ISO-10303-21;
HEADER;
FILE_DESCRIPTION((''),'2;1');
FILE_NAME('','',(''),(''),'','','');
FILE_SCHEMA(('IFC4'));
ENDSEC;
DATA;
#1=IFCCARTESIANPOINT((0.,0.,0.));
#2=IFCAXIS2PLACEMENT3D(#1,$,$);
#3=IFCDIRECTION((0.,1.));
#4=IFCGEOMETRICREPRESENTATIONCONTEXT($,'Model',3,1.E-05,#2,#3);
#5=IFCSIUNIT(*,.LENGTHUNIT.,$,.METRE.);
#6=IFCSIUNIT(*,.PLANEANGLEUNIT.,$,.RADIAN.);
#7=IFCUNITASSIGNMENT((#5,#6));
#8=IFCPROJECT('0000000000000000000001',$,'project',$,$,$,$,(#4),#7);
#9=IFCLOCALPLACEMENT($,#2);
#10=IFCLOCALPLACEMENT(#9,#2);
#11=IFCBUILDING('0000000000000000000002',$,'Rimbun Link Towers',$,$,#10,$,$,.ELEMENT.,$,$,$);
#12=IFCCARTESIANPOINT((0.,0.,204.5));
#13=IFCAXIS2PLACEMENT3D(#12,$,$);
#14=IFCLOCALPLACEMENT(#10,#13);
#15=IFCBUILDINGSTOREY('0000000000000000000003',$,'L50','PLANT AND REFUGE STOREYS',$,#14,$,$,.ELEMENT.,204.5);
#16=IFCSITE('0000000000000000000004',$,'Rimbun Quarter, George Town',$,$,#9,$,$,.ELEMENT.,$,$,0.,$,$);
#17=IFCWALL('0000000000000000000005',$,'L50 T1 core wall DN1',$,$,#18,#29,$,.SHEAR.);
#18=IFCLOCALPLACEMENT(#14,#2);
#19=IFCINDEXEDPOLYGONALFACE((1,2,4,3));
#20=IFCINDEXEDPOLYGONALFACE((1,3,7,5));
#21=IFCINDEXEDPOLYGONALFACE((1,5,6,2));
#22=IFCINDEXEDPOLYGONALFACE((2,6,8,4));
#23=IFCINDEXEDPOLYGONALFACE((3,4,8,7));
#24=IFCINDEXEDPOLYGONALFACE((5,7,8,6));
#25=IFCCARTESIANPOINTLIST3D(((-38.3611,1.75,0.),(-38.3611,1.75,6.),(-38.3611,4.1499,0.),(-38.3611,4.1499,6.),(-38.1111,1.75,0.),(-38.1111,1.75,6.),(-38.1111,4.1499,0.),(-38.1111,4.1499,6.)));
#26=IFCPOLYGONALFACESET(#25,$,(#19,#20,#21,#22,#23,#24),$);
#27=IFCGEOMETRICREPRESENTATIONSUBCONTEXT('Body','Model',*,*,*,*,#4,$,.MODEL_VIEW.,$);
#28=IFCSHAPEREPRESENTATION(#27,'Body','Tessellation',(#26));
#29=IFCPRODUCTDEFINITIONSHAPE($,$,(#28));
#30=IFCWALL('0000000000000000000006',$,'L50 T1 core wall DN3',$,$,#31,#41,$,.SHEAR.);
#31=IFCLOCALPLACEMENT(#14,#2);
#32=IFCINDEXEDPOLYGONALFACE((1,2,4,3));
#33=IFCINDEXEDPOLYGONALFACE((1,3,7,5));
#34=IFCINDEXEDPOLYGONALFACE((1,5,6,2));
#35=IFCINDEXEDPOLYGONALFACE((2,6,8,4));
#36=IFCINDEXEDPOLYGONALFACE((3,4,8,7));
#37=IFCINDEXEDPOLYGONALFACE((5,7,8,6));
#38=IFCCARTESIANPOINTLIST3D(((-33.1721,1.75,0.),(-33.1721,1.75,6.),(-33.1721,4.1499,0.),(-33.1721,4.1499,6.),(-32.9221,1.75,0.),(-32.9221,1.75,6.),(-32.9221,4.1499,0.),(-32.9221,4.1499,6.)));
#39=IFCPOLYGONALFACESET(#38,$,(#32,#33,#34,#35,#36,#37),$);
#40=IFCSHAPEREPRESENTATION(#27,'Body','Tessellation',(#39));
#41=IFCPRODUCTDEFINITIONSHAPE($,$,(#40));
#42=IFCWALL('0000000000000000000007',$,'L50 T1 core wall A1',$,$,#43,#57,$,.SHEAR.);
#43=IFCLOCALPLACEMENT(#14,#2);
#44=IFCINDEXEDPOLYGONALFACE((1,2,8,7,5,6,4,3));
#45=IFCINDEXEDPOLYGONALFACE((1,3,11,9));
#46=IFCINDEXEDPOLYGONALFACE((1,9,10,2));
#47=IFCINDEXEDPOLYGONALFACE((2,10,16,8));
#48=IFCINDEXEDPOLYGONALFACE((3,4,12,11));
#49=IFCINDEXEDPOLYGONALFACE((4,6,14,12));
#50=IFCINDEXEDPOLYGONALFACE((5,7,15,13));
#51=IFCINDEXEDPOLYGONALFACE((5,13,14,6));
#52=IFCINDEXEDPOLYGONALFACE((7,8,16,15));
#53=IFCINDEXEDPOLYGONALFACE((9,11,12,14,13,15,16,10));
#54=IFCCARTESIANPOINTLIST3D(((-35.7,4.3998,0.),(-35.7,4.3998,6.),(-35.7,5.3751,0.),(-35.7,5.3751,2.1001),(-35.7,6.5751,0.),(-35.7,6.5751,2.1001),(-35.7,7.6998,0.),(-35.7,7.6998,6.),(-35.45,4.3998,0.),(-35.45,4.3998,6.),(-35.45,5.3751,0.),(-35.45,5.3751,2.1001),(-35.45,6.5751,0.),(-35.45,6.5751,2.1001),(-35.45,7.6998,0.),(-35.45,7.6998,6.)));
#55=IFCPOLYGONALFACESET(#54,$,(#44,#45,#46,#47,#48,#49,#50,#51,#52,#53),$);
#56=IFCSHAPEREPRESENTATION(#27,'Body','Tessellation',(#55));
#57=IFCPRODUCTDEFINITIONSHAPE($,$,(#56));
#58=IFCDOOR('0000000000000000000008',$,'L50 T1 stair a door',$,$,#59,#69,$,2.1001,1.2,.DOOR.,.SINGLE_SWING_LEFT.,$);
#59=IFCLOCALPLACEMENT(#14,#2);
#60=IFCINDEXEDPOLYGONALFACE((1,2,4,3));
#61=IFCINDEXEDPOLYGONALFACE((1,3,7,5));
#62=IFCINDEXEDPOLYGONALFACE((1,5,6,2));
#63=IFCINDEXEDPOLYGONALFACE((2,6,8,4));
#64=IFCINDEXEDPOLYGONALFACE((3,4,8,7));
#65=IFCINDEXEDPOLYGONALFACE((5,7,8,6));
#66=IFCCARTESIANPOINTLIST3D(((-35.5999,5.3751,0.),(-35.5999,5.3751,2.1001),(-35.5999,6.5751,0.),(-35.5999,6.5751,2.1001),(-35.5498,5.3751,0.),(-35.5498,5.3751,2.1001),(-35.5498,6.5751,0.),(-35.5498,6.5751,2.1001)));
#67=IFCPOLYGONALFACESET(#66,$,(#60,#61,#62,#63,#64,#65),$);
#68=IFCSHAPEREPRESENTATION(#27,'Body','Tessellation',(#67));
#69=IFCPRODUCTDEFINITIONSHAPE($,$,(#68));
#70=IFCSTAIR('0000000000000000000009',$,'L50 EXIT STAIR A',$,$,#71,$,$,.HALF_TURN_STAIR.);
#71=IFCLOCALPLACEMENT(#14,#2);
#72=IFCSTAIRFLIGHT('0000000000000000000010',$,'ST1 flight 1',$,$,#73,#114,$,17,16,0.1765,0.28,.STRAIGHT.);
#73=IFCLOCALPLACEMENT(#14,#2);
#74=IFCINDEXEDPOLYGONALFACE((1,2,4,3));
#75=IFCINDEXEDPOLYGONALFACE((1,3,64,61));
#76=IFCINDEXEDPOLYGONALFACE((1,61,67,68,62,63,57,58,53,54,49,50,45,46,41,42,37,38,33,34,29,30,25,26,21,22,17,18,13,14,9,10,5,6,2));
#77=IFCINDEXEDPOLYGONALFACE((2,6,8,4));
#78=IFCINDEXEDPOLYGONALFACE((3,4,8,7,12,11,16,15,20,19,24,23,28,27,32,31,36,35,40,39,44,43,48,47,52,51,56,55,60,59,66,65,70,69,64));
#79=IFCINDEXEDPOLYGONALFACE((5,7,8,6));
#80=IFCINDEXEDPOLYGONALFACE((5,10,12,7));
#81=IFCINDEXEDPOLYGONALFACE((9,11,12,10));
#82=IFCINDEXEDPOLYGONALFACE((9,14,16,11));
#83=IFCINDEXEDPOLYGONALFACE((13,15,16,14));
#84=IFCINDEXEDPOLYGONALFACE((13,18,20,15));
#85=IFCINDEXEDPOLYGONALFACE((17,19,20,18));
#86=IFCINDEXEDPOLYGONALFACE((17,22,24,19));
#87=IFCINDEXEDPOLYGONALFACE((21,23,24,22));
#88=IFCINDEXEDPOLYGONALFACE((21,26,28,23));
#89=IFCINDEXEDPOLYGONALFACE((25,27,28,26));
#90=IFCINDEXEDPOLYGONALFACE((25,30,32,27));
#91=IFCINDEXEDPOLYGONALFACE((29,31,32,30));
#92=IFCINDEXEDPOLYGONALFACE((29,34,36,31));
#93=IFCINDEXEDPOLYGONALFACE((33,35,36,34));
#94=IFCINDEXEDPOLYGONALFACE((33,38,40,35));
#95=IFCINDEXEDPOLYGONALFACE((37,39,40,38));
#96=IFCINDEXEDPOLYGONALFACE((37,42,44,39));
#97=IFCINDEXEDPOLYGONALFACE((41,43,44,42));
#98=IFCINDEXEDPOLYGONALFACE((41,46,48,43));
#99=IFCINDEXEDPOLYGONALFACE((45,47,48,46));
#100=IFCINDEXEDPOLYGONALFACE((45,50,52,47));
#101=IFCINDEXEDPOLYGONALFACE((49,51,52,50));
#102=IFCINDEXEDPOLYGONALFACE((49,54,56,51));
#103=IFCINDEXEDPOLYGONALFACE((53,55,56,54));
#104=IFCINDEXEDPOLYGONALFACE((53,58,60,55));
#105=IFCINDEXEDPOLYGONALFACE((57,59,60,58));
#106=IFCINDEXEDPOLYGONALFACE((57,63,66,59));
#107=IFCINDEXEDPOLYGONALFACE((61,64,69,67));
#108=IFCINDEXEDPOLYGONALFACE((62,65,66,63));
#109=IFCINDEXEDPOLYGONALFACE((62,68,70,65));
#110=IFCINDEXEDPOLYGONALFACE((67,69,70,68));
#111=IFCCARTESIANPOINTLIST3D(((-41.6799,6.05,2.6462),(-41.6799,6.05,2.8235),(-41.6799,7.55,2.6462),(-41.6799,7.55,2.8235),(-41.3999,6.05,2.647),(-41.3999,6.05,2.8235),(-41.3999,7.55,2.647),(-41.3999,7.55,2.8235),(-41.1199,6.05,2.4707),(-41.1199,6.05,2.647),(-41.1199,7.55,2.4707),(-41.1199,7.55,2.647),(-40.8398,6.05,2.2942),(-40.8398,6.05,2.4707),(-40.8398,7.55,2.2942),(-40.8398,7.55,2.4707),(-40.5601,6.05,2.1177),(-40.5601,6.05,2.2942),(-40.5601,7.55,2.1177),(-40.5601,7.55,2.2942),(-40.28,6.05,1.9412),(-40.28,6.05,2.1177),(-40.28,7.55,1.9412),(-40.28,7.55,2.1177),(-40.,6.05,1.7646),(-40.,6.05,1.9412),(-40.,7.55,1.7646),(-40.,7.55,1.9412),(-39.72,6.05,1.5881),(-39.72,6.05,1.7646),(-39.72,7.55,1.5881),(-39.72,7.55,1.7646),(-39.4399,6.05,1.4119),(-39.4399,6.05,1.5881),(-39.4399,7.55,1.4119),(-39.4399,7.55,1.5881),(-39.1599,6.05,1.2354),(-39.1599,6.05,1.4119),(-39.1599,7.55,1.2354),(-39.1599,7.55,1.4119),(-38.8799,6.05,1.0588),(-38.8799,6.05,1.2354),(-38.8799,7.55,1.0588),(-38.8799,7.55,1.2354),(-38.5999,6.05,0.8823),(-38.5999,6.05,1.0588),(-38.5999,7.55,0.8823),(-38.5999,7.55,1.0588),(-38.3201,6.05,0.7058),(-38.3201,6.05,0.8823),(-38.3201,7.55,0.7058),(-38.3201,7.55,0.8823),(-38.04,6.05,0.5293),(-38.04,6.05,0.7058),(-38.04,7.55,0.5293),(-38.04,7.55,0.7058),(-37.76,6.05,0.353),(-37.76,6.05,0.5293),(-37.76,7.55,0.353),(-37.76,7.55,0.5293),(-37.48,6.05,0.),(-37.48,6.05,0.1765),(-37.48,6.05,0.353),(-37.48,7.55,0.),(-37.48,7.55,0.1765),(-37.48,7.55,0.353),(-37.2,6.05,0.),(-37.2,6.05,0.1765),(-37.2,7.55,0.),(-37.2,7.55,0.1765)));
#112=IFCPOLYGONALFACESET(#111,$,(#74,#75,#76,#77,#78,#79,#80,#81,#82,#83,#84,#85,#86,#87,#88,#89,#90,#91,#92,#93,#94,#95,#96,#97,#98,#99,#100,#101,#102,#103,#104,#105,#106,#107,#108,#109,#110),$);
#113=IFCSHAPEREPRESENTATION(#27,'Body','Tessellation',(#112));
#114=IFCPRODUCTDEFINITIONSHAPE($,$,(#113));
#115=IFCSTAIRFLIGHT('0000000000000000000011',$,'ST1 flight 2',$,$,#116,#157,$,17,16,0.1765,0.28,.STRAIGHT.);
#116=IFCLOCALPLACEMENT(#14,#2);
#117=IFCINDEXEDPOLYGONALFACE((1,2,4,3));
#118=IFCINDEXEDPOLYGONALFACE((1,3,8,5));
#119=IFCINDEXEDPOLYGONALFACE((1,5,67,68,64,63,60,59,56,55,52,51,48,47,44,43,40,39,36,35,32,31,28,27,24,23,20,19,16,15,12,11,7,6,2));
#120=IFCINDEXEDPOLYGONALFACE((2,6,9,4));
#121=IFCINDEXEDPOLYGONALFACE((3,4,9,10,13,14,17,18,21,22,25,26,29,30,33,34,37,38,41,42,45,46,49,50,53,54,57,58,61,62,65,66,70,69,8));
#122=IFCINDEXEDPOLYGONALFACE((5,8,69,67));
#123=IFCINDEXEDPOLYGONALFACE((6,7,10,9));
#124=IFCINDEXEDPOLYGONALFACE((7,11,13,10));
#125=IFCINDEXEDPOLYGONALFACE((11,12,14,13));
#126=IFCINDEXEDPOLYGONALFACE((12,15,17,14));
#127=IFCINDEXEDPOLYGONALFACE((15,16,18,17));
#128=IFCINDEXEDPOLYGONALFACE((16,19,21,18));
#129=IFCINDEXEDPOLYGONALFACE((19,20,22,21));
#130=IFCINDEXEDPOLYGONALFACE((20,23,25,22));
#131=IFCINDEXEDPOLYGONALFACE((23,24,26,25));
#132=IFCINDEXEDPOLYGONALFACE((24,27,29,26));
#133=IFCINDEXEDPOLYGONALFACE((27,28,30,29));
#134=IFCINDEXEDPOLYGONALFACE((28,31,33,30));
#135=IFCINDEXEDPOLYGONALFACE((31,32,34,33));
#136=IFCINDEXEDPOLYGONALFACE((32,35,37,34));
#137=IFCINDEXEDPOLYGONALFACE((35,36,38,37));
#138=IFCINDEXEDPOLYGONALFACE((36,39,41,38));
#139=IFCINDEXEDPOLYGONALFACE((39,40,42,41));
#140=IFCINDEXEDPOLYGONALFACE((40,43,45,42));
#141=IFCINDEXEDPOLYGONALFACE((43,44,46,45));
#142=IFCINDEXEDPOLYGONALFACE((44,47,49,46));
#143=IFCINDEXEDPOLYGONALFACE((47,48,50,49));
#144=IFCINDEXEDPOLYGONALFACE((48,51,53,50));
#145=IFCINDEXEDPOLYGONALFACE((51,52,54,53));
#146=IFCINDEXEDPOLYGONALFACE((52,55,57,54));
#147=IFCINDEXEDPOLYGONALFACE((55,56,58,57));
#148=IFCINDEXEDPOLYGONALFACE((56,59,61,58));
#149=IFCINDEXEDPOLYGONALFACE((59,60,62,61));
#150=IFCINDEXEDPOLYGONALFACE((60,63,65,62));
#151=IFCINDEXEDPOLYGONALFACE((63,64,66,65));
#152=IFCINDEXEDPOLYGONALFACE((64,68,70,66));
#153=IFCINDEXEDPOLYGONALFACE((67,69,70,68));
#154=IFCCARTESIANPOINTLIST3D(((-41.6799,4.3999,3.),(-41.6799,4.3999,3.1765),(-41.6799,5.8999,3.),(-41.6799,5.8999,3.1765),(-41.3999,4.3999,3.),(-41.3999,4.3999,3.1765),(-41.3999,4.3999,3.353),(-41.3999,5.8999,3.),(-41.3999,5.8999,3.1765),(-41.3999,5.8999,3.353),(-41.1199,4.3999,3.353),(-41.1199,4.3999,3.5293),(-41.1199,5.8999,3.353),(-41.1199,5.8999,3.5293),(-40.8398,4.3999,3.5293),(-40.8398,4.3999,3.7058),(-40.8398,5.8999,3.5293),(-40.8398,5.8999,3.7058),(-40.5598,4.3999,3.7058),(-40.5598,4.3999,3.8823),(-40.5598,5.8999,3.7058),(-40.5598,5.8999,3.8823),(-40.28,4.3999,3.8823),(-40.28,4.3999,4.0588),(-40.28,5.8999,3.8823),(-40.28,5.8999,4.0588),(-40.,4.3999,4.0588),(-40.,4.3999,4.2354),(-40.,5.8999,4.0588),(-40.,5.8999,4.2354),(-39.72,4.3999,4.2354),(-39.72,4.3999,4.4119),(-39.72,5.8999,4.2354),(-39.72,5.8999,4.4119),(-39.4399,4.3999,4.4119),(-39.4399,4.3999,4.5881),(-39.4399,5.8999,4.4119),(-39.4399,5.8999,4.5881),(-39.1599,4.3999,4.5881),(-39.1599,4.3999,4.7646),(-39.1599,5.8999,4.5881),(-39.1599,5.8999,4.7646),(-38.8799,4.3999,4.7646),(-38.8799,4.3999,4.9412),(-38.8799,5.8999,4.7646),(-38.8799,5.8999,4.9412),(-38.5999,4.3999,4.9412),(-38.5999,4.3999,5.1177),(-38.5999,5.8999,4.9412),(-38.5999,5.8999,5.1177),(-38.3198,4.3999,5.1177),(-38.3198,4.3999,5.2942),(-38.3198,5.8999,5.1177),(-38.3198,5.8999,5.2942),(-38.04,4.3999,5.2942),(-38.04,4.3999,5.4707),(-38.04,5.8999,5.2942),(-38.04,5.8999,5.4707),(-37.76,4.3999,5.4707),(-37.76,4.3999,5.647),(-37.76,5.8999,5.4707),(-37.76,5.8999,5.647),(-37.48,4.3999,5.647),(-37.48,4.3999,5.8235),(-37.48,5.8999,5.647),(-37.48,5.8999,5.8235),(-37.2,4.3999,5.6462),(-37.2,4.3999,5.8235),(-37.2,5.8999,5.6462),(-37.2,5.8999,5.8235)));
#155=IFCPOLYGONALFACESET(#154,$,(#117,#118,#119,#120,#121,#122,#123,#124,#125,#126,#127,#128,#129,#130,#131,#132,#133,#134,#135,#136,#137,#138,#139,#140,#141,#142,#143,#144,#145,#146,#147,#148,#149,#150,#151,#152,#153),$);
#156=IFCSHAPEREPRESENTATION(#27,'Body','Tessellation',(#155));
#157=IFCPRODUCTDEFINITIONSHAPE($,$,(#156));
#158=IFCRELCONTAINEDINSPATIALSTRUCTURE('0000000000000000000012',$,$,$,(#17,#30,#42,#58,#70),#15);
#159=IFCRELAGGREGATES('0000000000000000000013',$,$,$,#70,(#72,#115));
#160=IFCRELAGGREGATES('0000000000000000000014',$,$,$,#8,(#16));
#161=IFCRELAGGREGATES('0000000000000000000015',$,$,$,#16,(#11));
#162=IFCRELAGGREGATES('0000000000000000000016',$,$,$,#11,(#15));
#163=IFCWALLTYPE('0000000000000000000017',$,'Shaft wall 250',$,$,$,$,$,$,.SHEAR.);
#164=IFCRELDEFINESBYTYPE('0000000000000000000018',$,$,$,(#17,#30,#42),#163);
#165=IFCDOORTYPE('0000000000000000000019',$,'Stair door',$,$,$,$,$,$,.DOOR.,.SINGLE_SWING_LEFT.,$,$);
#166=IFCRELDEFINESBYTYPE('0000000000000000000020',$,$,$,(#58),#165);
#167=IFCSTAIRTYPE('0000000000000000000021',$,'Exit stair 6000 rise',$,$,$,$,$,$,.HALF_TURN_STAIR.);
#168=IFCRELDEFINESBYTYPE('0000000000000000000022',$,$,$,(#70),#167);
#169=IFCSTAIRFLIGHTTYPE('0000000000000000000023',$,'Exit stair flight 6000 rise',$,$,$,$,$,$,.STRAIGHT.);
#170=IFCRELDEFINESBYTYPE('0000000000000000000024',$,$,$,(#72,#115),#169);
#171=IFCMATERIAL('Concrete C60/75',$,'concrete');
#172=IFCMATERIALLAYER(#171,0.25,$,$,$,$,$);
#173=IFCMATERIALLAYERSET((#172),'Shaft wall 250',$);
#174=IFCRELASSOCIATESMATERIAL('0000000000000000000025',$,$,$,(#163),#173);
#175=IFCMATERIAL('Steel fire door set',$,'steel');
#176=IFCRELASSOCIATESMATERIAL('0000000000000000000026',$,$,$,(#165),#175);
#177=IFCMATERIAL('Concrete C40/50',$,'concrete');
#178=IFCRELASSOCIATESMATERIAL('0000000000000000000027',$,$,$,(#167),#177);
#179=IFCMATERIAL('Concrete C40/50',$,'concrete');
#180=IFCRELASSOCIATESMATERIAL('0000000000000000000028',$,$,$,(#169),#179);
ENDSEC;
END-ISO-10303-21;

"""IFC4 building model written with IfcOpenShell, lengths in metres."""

from ifc_helpers import new_model, si_unit, direction, frame, frame_2d, origin, place, context, subcontext, project, spatial, polyline, rectangle, outline, extrude, material, layer, layer_set, type_object, element, fill, aggregate, save


model = new_model("IFC4")

# Units and contexts
model_context = context("Model", 3, precision=1e-05, world=origin(), true_north=direction((0.0, 1.0)))
body_context = subcontext(model_context, "Body", "Model", "MODEL_VIEW")
ifc_project = project(units=[si_unit("LENGTHUNIT", "METRE"), si_unit("PLANEANGLEUNIT", "RADIAN")], contexts=[model_context])

# Site, building, storey
site_placement = place(None, origin())
site = spatial("IfcSite", under=ifc_project, at=site_placement, Name="Rimbun Quarter, George Town", CompositionType="ELEMENT", RefElevation=0.0)
building_placement = place(site_placement, origin())
building = spatial("IfcBuilding", under=site, at=building_placement, Name="Rimbun Link Towers", CompositionType="ELEMENT")
storey_placement = place(building_placement, frame((0.0, 0.0, 204.5)))
storey = spatial("IfcBuildingStorey", under=building, at=storey_placement, Name="L50", Description="PLANT AND REFUGE STOREYS", CompositionType="ELEMENT", Elevation=204.5)

# Walls
ifc_material_1 = material(Name="Concrete C60/75", Category="concrete")
ifc_layer_1 = layer(ifc_material_1, 0.25)
ifc_layer_set_1 = layer_set([ifc_layer_1], Name="Shaft wall 250")
wall_type_1 = type_object("IfcWallType", Name="Shaft wall 250", PredefinedType="SHEAR", material=ifc_layer_set_1)
for number, where, z_axis, x_axis, name in (
    (1, (-38.2361, 1.75, 0.0), (0.0, 0.0, 1.0), (0.0, 1.0, 0.0), "L50 T1 core wall DN1"),
    (2, (-33.0471, 1.75, 0.0), (0.0, 0.0, 1.0), (0.0, 1.0, 0.0), "L50 T1 core wall DN3"),
):
    element("IfcWall", number, at=place(storey_placement, frame(where, z_axis=z_axis, x_axis=x_axis)), inside=storey, type_object=wall_type_1, Name=name, PredefinedType="SHEAR", context=body_context, shape_type="SweptSolid", body=[
        extrude(rectangle(XDim=2.3999, YDim=0.25, at=frame_2d((1.2, 0.0))), origin(), (0.0, 0.0, 1.0), 6.0),
    ])

# Wall, opening, door
wall_1_placement = place(storey_placement, frame((-35.575, 4.3999, 0.0), z_axis=(0.0, 0.0, 1.0), x_axis=(0.0, 1.0, 0.0)))
wall_1 = element("IfcWall", 3, at=wall_1_placement, inside=storey, type_object=wall_type_1, Name="L50 T1 core wall A1", PredefinedType="SHEAR", context=body_context, shape_type="SweptSolid", body=[
    extrude(rectangle(XDim=3.3, YDim=0.25, at=frame_2d((1.6499, 0.0))), origin(), (0.0, 0.0, 1.0), 6.0),
])
opening_1_placement = place(wall_1_placement, frame((0.9751, 0.0, 0.0)))
opening_1 = element("IfcOpeningElement", 4, at=opening_1_placement, cuts=wall_1, PredefinedType="OPENING", context=body_context, shape_type="SweptSolid", body=[
    extrude(rectangle(XDim=1.2, YDim=2.1001, at=frame_2d((0.6001, 1.05))), frame((0.0, 0.135, 0.0), z_axis=(0.0, -1.0, 0.0), x_axis=(1.0, 0.0, 0.0)), (0.0, 0.0, 1.0), 0.27),
])
ifc_material_2 = material(Name="Steel fire door set", Category="steel")
door_type_1 = type_object("IfcDoorType", Name="Stair door", OperationType="SINGLE_SWING_LEFT", PredefinedType="DOOR", material=ifc_material_2)
door_1_placement = place(opening_1_placement, origin())
door_1 = element("IfcDoor", 5, at=door_1_placement, inside=storey, type_object=door_type_1, Name="L50 T1 stair a door", OperationType="SINGLE_SWING_LEFT", OverallHeight=2.1001, OverallWidth=1.2, PredefinedType="DOOR", context=body_context, shape_type="SweptSolid", body=[
    extrude(rectangle(XDim=1.2, YDim=2.1001, at=frame_2d((0.6001, 1.05))), frame((0.0, 0.0249, 0.0), z_axis=(0.0, -1.0, 0.0), x_axis=(1.0, 0.0, 0.0)), (0.0, 0.0, 1.0), 0.05),
])
fill(opening_1, door_1)

# Stair, stair flights
ifc_material_3 = material(Name="Concrete C40/50", Category="concrete")
stair_type = type_object("IfcStairType", Name="Exit stair 6000 rise", PredefinedType="HALF_TURN_STAIR", material=ifc_material_3)
stair_placement = place(storey_placement, origin())
stair = element("IfcStair", 6, at=stair_placement, inside=storey, type_object=stair_type, Name="L50 EXIT STAIR A", PredefinedType="HALF_TURN_STAIR")
ifc_material_4 = material(Name="Concrete C40/50", Category="concrete")
stair_flight_type = type_object("IfcStairFlightType", Name="Exit stair flight 6000 rise", PredefinedType="STRAIGHT", material=ifc_material_4)
stair_flight_1_placement = place(storey_placement, frame((-37.2, 6.8, 0.0), z_axis=(0.0, 0.0, 1.0), x_axis=(-1.0, 0.0, 0.0)))
stair_flight_1 = element("IfcStairFlight", 7, at=stair_flight_1_placement, type_object=stair_flight_type, Name="ST1 flight 1", NumberOfRisers=17, NumberOfTreads=16, PredefinedType="STRAIGHT", RiserHeight=0.1765, TreadLength=0.28, context=body_context, shape_type="SweptSolid", body=[
    extrude(outline(polyline([(0.0, 0.0), (0.0, 0.1765), (0.28, 0.1765), (0.28, 0.353), (0.5601, 0.353), (0.5601, 0.5293), (0.8401, 0.5293), (0.8401, 0.7058), (1.1201, 0.7058), (1.1201, 0.8823), (1.3999, 0.8823), (1.3999, 1.0588), (1.6799, 1.0588), (1.6799, 1.2354), (1.96, 1.2354), (1.96, 1.4119), (2.24, 1.4119), (2.24, 1.5881), (2.52, 1.5881), (2.52, 1.7646), (2.8, 1.7646), (2.8, 1.9412), (3.0801, 1.9412), (3.0801, 2.1177), (3.3601, 2.1177), (3.3601, 2.2942), (3.6399, 2.2942), (3.6399, 2.4707), (3.9199, 2.4707), (3.9199, 2.647), (4.2, 2.647), (4.2, 2.8235), (4.48, 2.8235), (4.48, 3.0), (4.48, 2.6462), (0.28, 0.0), (0.0, 0.0)])), frame((0.0, 0.75, 0.0), z_axis=(0.0, -1.0, 0.0), x_axis=(1.0, 0.0, 0.0)), (0.0, 0.0, 1.0), 1.5),
])
stair_flight_2_placement = place(storey_placement, frame((-41.6799, 5.1499, 3.0), z_axis=(0.0, 0.0, 1.0), x_axis=(1.0, 0.0, 0.0)))
stair_flight_2 = element("IfcStairFlight", 8, at=stair_flight_2_placement, type_object=stair_flight_type, Name="ST1 flight 2", NumberOfRisers=17, NumberOfTreads=16, PredefinedType="STRAIGHT", RiserHeight=0.1765, TreadLength=0.28, context=body_context, shape_type="SweptSolid", body=[
    extrude(outline(polyline([(0.0, 0.0), (0.0, 0.1765), (0.28, 0.1765), (0.28, 0.353), (0.5601, 0.353), (0.5601, 0.5293), (0.8401, 0.5293), (0.8401, 0.7058), (1.1201, 0.7058), (1.1201, 0.8823), (1.3999, 0.8823), (1.3999, 1.0588), (1.6799, 1.0588), (1.6799, 1.2354), (1.96, 1.2354), (1.96, 1.4119), (2.24, 1.4119), (2.24, 1.5881), (2.52, 1.5881), (2.52, 1.7646), (2.8, 1.7646), (2.8, 1.9412), (3.0801, 1.9412), (3.0801, 2.1177), (3.3601, 2.1177), (3.3601, 2.2942), (3.6399, 2.2942), (3.6399, 2.4707), (3.9199, 2.4707), (3.9199, 2.647), (4.2, 2.647), (4.2, 2.8235), (4.48, 2.8235), (4.48, 3.0), (4.48, 2.6462), (0.28, 0.0), (0.0, 0.0)])), frame((0.0, 0.75, 0.0), z_axis=(0.0, -1.0, 0.0), x_axis=(1.0, 0.0, 0.0)), (0.0, 0.0, 1.0), 1.5),
])
aggregate(stair, [stair_flight_1, stair_flight_2])

save(model, "model.ifc")
